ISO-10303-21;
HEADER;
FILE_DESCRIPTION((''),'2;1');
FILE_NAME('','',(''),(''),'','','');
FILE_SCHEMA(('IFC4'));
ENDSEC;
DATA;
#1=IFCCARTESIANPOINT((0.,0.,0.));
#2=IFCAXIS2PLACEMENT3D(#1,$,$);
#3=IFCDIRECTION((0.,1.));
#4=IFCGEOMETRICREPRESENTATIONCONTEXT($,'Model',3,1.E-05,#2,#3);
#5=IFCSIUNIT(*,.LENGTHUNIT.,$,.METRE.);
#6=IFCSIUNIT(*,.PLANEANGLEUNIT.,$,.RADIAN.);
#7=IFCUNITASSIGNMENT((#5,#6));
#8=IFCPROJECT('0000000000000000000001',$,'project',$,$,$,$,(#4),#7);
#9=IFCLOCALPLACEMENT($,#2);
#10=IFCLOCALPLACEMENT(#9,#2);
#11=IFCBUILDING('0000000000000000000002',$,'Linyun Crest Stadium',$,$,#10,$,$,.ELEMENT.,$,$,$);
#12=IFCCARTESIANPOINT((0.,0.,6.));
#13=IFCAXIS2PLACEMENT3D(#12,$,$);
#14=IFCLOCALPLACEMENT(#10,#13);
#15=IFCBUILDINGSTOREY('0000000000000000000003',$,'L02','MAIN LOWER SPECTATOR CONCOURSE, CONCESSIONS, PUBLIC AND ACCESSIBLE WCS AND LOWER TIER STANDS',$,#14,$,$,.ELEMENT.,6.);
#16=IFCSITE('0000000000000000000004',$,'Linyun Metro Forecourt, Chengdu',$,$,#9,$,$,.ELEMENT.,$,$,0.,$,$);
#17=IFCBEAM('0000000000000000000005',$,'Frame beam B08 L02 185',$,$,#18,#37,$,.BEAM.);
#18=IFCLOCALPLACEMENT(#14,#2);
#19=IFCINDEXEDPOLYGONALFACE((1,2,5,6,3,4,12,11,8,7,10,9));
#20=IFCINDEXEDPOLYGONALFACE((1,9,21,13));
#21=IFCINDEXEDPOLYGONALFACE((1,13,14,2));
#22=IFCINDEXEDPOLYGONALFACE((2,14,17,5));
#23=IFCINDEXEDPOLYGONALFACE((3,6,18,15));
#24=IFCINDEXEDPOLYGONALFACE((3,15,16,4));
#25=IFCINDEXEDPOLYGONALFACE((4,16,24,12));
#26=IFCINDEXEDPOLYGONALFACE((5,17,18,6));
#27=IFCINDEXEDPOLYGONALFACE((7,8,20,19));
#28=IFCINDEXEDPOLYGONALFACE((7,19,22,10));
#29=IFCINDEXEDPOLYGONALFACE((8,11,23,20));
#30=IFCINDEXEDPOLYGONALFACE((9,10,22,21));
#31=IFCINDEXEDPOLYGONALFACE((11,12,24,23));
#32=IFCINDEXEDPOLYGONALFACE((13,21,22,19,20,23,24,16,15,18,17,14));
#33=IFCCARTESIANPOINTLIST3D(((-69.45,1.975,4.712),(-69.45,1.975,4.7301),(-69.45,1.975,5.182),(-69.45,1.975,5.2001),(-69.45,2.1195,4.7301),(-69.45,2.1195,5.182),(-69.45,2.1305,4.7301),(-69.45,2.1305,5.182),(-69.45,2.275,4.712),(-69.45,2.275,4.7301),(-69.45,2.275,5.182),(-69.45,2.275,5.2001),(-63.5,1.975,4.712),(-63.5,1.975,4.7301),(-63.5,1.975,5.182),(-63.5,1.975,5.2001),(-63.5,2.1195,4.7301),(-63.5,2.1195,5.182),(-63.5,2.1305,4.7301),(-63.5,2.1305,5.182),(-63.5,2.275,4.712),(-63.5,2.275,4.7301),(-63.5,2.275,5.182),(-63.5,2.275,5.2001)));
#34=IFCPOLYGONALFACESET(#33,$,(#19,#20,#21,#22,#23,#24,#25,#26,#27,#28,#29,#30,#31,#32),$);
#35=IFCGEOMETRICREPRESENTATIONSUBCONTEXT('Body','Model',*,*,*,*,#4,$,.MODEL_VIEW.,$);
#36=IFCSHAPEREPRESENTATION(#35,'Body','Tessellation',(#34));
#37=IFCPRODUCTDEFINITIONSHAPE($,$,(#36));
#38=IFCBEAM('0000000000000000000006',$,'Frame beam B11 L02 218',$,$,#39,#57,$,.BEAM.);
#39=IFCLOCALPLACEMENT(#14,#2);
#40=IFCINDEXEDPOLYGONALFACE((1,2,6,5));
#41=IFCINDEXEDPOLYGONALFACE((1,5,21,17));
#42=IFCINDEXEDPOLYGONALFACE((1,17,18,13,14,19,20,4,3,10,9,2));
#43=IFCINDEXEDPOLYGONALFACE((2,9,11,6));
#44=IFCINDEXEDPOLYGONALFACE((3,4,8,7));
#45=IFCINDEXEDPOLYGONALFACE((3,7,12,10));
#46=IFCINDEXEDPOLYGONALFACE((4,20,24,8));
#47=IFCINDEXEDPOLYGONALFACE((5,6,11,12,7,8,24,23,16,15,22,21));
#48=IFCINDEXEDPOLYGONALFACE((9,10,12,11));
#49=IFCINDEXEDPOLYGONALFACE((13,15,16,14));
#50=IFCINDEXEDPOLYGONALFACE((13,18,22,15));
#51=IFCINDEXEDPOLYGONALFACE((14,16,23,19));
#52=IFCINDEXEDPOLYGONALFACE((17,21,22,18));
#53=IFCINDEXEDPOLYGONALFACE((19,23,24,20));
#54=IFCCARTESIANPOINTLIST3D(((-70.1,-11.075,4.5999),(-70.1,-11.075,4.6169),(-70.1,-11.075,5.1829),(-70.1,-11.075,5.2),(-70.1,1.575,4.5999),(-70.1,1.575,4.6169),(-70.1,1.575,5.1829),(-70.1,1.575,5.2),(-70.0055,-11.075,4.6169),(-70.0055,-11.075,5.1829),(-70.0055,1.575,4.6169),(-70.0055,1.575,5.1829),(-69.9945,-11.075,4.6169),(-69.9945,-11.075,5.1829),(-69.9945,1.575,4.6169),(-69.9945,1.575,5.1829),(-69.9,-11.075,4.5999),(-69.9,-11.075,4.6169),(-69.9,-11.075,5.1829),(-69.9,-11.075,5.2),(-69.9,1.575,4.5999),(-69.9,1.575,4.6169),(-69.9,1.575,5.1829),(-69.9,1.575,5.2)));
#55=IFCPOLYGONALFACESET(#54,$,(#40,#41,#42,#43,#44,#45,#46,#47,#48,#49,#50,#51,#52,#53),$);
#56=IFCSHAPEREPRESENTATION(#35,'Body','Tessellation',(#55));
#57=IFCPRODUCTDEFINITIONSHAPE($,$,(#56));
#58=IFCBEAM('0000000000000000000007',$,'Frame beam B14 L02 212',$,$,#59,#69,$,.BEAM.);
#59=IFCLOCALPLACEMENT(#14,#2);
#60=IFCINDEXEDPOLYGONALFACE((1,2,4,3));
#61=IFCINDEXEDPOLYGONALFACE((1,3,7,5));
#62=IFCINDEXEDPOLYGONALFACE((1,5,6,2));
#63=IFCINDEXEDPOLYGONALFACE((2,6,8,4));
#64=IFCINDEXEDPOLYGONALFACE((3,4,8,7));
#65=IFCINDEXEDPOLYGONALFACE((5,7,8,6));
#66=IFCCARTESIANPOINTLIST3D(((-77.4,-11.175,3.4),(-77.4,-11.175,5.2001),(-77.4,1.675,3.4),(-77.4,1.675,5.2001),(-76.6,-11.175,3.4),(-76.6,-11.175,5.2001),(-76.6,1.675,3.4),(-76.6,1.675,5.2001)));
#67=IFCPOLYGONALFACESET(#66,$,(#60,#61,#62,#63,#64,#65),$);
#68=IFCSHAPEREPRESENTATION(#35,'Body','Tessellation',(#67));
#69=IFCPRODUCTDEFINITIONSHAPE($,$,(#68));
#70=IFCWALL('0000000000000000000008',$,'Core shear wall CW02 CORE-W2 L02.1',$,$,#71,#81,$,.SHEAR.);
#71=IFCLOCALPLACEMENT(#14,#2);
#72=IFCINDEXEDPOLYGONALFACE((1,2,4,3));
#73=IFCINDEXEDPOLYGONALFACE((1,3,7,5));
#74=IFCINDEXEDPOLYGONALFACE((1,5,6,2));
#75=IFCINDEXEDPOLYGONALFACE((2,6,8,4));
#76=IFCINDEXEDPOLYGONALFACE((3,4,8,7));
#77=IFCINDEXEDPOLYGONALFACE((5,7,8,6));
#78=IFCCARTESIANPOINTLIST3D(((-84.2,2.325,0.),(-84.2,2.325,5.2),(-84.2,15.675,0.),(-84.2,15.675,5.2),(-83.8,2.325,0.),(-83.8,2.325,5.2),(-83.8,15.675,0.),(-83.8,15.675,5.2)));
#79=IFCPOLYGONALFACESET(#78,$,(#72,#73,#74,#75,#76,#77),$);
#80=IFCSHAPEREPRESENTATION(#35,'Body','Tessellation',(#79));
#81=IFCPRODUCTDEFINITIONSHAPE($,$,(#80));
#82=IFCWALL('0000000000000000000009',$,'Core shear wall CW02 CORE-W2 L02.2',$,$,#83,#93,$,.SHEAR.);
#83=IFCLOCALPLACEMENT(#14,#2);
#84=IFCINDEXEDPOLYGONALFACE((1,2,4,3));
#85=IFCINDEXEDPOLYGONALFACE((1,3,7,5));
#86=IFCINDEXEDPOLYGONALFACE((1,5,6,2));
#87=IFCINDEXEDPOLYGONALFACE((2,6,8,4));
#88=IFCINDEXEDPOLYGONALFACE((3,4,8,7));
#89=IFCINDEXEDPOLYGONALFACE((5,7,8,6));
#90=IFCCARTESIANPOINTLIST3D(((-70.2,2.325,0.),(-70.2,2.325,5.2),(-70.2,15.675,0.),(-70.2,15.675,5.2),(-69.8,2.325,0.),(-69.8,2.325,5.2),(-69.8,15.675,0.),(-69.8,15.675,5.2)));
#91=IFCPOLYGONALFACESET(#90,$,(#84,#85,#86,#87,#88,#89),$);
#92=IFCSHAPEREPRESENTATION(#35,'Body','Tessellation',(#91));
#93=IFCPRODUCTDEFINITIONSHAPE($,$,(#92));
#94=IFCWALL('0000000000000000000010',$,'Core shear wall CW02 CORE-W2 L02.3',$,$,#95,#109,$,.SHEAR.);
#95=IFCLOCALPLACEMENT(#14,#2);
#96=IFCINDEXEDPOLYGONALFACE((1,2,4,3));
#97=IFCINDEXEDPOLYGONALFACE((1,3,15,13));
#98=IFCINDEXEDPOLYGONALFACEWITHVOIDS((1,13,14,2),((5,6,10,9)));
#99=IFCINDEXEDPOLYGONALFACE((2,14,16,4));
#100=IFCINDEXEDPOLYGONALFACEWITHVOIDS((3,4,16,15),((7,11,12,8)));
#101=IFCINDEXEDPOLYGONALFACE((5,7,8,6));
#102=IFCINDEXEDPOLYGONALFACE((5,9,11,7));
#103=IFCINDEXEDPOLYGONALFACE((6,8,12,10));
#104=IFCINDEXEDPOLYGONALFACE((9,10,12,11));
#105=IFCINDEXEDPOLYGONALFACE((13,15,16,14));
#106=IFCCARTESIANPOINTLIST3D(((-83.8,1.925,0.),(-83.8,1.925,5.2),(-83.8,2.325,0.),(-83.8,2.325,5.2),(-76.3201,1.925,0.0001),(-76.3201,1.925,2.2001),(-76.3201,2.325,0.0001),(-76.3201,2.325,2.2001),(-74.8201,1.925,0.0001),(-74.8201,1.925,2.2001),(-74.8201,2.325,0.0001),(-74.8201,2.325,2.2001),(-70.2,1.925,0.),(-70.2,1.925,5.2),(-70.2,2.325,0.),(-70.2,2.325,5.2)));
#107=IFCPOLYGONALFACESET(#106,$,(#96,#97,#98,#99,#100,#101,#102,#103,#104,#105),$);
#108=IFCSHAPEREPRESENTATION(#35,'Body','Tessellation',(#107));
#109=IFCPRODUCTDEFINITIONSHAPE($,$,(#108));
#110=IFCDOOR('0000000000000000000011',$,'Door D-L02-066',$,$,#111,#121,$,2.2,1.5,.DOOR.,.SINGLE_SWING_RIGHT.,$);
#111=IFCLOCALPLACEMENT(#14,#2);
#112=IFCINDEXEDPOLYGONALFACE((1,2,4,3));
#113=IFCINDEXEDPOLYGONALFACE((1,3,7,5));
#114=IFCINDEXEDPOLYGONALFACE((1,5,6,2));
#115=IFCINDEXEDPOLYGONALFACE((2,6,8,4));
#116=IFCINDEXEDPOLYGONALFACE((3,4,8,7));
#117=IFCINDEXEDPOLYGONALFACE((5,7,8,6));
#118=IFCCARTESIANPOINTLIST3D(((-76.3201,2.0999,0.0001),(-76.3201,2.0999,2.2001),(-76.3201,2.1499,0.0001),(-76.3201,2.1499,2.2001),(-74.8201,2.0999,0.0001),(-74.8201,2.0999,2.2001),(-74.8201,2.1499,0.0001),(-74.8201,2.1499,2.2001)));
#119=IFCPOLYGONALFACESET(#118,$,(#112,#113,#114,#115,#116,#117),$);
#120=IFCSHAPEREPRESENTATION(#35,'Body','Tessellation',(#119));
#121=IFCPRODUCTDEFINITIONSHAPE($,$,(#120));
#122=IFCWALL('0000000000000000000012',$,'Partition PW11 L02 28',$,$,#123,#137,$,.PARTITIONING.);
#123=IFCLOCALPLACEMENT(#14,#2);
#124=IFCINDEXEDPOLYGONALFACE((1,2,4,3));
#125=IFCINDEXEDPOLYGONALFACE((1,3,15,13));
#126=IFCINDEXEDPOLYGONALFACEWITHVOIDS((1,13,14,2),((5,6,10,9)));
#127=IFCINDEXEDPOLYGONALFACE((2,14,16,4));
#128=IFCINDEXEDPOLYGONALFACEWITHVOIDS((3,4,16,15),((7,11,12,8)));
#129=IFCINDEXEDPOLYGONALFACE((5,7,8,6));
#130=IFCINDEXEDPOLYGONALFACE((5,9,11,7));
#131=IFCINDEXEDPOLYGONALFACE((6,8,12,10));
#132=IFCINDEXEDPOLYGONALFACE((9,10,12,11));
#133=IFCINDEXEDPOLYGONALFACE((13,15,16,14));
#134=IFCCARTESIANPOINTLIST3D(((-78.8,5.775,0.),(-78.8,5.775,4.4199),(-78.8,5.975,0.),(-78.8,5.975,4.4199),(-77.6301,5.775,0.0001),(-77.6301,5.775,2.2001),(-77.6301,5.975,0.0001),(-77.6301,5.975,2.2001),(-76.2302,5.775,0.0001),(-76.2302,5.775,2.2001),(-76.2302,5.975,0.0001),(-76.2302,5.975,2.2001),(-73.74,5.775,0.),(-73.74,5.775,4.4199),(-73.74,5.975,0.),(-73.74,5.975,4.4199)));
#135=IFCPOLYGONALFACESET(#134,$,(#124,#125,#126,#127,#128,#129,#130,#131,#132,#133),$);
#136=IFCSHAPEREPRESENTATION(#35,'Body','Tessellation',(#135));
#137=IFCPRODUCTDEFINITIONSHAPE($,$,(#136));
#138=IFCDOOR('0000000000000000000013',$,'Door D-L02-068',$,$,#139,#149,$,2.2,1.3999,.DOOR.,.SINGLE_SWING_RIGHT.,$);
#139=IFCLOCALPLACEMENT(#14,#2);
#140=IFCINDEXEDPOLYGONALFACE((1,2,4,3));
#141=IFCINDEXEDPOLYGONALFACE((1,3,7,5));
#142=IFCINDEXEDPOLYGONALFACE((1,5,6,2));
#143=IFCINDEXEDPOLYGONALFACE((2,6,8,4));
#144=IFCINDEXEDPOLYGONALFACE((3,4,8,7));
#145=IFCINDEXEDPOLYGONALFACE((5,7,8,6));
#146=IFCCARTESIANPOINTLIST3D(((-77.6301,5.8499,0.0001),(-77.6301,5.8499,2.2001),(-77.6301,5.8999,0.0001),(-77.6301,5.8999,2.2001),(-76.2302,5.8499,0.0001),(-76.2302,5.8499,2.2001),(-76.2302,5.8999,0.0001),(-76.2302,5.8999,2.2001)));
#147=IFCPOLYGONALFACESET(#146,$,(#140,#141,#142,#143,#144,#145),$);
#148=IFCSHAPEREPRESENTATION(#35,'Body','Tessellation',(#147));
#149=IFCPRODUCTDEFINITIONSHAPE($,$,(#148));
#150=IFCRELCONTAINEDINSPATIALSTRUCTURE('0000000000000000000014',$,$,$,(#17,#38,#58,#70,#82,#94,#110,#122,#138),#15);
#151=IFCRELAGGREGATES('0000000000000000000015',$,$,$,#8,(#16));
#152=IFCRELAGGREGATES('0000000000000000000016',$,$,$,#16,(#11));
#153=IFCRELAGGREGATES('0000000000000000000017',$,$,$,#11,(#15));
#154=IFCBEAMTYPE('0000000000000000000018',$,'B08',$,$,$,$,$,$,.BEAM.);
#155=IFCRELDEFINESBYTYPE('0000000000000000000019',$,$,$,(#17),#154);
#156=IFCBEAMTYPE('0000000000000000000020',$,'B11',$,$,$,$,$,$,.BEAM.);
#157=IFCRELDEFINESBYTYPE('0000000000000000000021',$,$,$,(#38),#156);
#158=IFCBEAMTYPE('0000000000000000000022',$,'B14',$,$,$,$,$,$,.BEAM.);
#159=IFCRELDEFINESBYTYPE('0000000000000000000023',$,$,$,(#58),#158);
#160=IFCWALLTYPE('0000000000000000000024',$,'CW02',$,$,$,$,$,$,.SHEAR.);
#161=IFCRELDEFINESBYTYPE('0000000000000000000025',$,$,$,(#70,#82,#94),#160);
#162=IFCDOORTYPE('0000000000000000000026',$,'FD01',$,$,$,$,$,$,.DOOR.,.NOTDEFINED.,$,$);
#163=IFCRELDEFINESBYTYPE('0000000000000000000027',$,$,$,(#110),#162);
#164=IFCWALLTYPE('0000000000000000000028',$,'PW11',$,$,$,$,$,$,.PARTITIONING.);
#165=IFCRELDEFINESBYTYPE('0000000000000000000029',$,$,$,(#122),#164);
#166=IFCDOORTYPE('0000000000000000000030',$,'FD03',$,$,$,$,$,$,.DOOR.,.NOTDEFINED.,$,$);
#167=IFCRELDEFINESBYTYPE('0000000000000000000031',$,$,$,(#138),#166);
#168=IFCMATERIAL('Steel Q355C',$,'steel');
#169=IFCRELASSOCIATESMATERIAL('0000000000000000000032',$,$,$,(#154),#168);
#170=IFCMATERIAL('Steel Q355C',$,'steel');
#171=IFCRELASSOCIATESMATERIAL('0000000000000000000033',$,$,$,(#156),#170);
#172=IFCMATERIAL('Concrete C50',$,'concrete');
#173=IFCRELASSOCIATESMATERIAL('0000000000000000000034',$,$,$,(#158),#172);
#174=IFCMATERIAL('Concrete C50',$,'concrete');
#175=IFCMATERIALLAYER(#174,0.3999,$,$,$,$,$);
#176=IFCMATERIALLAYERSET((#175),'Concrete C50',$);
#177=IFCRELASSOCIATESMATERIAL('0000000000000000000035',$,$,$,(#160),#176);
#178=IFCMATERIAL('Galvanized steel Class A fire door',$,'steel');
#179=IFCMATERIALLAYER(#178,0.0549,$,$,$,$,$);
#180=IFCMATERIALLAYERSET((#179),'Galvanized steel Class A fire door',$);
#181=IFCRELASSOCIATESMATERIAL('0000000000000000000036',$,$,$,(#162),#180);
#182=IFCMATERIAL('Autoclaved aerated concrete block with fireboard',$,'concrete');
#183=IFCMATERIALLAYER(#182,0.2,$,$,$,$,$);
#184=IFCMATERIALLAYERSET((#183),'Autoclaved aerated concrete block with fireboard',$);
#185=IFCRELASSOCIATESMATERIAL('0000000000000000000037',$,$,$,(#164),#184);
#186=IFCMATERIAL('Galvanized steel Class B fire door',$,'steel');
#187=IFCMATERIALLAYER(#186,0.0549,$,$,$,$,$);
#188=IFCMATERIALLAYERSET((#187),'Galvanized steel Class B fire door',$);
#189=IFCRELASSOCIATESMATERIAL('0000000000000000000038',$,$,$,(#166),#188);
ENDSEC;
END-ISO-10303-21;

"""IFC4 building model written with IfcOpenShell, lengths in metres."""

from ifc_helpers import new_model, si_unit, direction, frame, frame_2d, origin, origin_2d, place, context, subcontext, project, spatial, rectangle, i_section, extrude, material, layer, layer_set, material_profile, profile_set, type_object, element, fill, save


model = new_model("IFC4")

# Units and contexts
model_context = context("Model", 3, precision=1e-05, world=origin(), true_north=direction((0.0, 1.0)))
body_context = subcontext(model_context, "Body", "Model", "MODEL_VIEW")
ifc_project = project(units=[si_unit("LENGTHUNIT", "METRE"), si_unit("PLANEANGLEUNIT", "RADIAN")], contexts=[model_context])

# Site, building, storey
site_placement = place(None, origin())
site = spatial("IfcSite", under=ifc_project, at=site_placement, Name="Linyun Metro Forecourt, Chengdu", CompositionType="ELEMENT", RefElevation=0.0)
building_placement = place(site_placement, origin())
building = spatial("IfcBuilding", under=site, at=building_placement, Name="Linyun Crest Stadium", CompositionType="ELEMENT")
storey_placement = place(building_placement, frame((0.0, 0.0, 6.0)))
storey = spatial("IfcBuildingStorey", under=building, at=storey_placement, Name="L02", Description="MAIN LOWER SPECTATOR CONCOURSE, CONCESSIONS, PUBLIC AND ACCESSIBLE WCS AND LOWER TIER STANDS", CompositionType="ELEMENT", Elevation=6.0)

# Beams
ifc_material_1 = material(Name="Steel Q355C", Category="steel")
ifc_material_profile_1 = material_profile(ifc_material_1, i_section(OverallWidth=0.3, OverallDepth=0.488, WebThickness=0.011, FlangeThickness=0.0181, at=origin_2d()), Name="HM 488x300")
ifc_profile_set_1 = profile_set([ifc_material_profile_1], Name="Steel Q355C")
beam_type_1 = type_object("IfcBeamType", Name="B08", PredefinedType="BEAM", material=ifc_profile_set_1)
beam_1_placement = place(storey_placement, frame((-69.45, 2.125, 4.9561), z_axis=(1.0, 0.0, 0.0), x_axis=(0.0, 1.0, 0.0)))
element("IfcBeam", 1, at=beam_1_placement, inside=storey, type_object=beam_type_1, Name="Frame beam B08 L02 185", PredefinedType="BEAM", context=body_context, shape_type="SweptSolid", body=[
    extrude(i_section(OverallWidth=0.3, OverallDepth=0.488, WebThickness=0.011, FlangeThickness=0.0181, at=origin_2d()), origin(), (0.0, 0.0, 1.0), 5.95),
])
ifc_material_2 = material(Name="Steel Q355C", Category="steel")
ifc_material_profile_2 = material_profile(ifc_material_2, i_section(OverallWidth=0.2, OverallDepth=0.6001, WebThickness=0.011, FlangeThickness=0.0171, at=origin_2d()), Name="HN 600x200")
ifc_profile_set_2 = profile_set([ifc_material_profile_2], Name="Steel Q355C")
beam_type_2 = type_object("IfcBeamType", Name="B11", PredefinedType="BEAM", material=ifc_profile_set_2)
beam_2_placement = place(storey_placement, frame((-70.0, -11.075, 4.8999), z_axis=(0.0, 1.0, 0.0), x_axis=(-1.0, 0.0, 0.0)))
element("IfcBeam", 2, at=beam_2_placement, inside=storey, type_object=beam_type_2, Name="Frame beam B11 L02 218", PredefinedType="BEAM", context=body_context, shape_type="SweptSolid", body=[
    extrude(i_section(OverallWidth=0.2, OverallDepth=0.6001, WebThickness=0.011, FlangeThickness=0.0171, at=origin_2d()), origin(), (0.0, 0.0, 1.0), 12.6499),
])
ifc_material_3 = material(Name="Concrete C50", Category="concrete")
ifc_material_profile_3 = material_profile(ifc_material_3, rectangle(XDim=0.8, YDim=1.8, at=origin_2d()), Name="RCB 1800x800")
ifc_profile_set_3 = profile_set([ifc_material_profile_3], Name="Concrete C50")
beam_type_3 = type_object("IfcBeamType", Name="B14", PredefinedType="BEAM", material=ifc_profile_set_3)
beam_3_placement = place(storey_placement, frame((-77.0, -11.175, 4.3), z_axis=(0.0, 1.0, 0.0), x_axis=(-1.0, 0.0, 0.0)))
element("IfcBeam", 3, at=beam_3_placement, inside=storey, type_object=beam_type_3, Name="Frame beam B14 L02 212", PredefinedType="BEAM", context=body_context, shape_type="SweptSolid", body=[
    extrude(rectangle(XDim=0.8, YDim=1.8, at=origin_2d()), origin(), (0.0, 0.0, 1.0), 12.8501),
])

# Walls
ifc_material_4 = material(Name="Concrete C50", Category="concrete")
ifc_layer_1 = layer(ifc_material_4, 0.3999)
ifc_layer_set_1 = layer_set([ifc_layer_1], Name="Concrete C50")
wall_type_1 = type_object("IfcWallType", Name="CW02", PredefinedType="SHEAR", material=ifc_layer_set_1)
for number, where, z_axis, x_axis, name in (
    (4, (-84.0, 2.325, 0.0), (0.0, 0.0, 1.0), (0.0, 1.0, 0.0), "Core shear wall CW02 CORE-W2 L02.1"),
    (5, (-70.0, 2.325, 0.0), (0.0, 0.0, 1.0), (0.0, 1.0, 0.0), "Core shear wall CW02 CORE-W2 L02.2"),
):
    element("IfcWall", number, at=place(storey_placement, frame(where, z_axis=z_axis, x_axis=x_axis)), inside=storey, type_object=wall_type_1, Name=name, PredefinedType="SHEAR", context=body_context, shape_type="SweptSolid", body=[
        extrude(rectangle(XDim=13.3501, YDim=0.3999, at=frame_2d((6.675, 0.0))), origin(), (0.0, 0.0, 1.0), 5.2),
    ])

# Walls, openings, doors
wall_1_placement = place(storey_placement, frame((-83.8, 2.125, 0.0), z_axis=(0.0, 0.0, 1.0), x_axis=(1.0, 0.0, 0.0)))
wall_1 = element("IfcWall", 6, at=wall_1_placement, inside=storey, type_object=wall_type_1, Name="Core shear wall CW02 CORE-W2 L02.3", PredefinedType="SHEAR", context=body_context, shape_type="SweptSolid", body=[
    extrude(rectangle(XDim=13.6001, YDim=0.3999, at=frame_2d((6.8, 0.0))), origin(), (0.0, 0.0, 1.0), 5.2),
])
opening_1_placement = place(wall_1_placement, frame((7.48, 0.0, 0.0)))
opening_1 = element("IfcOpeningElement", 7, at=opening_1_placement, cuts=wall_1, PredefinedType="OPENING", context=body_context, shape_type="SweptSolid", body=[
    extrude(rectangle(XDim=1.5, YDim=2.2, at=frame_2d((0.75, 1.1001))), frame((0.0, 0.21, 0.0), z_axis=(0.0, -1.0, 0.0), x_axis=(1.0, 0.0, 0.0)), (0.0, 0.0, 1.0), 0.4199),
])
ifc_material_5 = material(Name="Galvanized steel Class A fire door", Category="steel")
ifc_layer_2 = layer(ifc_material_5, 0.0549)
ifc_layer_set_2 = layer_set([ifc_layer_2], Name="Galvanized steel Class A fire door")
door_type_1 = type_object("IfcDoorType", Name="FD01", OperationType="NOTDEFINED", PredefinedType="DOOR", material=ifc_layer_set_2)
door_1_placement = place(opening_1_placement, origin())
door_1 = element("IfcDoor", 8, at=door_1_placement, inside=storey, type_object=door_type_1, Name="Door D-L02-066", OperationType="SINGLE_SWING_RIGHT", OverallHeight=2.2, OverallWidth=1.5, PredefinedType="DOOR", context=body_context, shape_type="SweptSolid", body=[
    extrude(rectangle(XDim=1.5, YDim=2.2, at=frame_2d((0.75, 1.1001))), frame((0.0, 0.0249, 0.0), z_axis=(0.0, -1.0, 0.0), x_axis=(1.0, 0.0, 0.0)), (0.0, 0.0, 1.0), 0.05),
])
fill(opening_1, door_1)
ifc_material_6 = material(Name="Autoclaved aerated concrete block with fireboard", Category="concrete")
ifc_layer_3 = layer(ifc_material_6, 0.2)
ifc_layer_set_3 = layer_set([ifc_layer_3], Name="Autoclaved aerated concrete block with fireboard")
wall_type_2 = type_object("IfcWallType", Name="PW11", PredefinedType="PARTITIONING", material=ifc_layer_set_3)
wall_2_placement = place(storey_placement, frame((-78.8, 5.875, 0.0), z_axis=(0.0, 0.0, 1.0), x_axis=(1.0, 0.0, 0.0)))
wall_2 = element("IfcWall", 9, at=wall_2_placement, inside=storey, type_object=wall_type_2, Name="Partition PW11 L02 28", PredefinedType="PARTITIONING", context=body_context, shape_type="SweptSolid", body=[
    extrude(rectangle(XDim=5.0601, YDim=0.2, at=frame_2d((2.53, 0.0))), origin(), (0.0, 0.0, 1.0), 4.4199),
])
opening_2_placement = place(wall_2_placement, frame((1.1699, 0.0, 0.0)))
opening_2 = element("IfcOpeningElement", 10, at=opening_2_placement, cuts=wall_2, PredefinedType="OPENING", context=body_context, shape_type="SweptSolid", body=[
    extrude(rectangle(XDim=1.3999, YDim=2.2, at=frame_2d((0.7, 1.1001))), frame((0.0, 0.1099, 0.0), z_axis=(0.0, -1.0, 0.0), x_axis=(1.0, 0.0, 0.0)), (0.0, 0.0, 1.0), 0.22),
])
ifc_material_7 = material(Name="Galvanized steel Class B fire door", Category="steel")
ifc_layer_4 = layer(ifc_material_7, 0.0549)
ifc_layer_set_4 = layer_set([ifc_layer_4], Name="Galvanized steel Class B fire door")
door_type_2 = type_object("IfcDoorType", Name="FD03", OperationType="NOTDEFINED", PredefinedType="DOOR", material=ifc_layer_set_4)
door_2_placement = place(opening_2_placement, origin())
door_2 = element("IfcDoor", 11, at=door_2_placement, inside=storey, type_object=door_type_2, Name="Door D-L02-068", OperationType="SINGLE_SWING_RIGHT", OverallHeight=2.2, OverallWidth=1.3999, PredefinedType="DOOR", context=body_context, shape_type="SweptSolid", body=[
    extrude(rectangle(XDim=1.3999, YDim=2.2, at=frame_2d((0.7, 1.1001))), frame((0.0, 0.0249, 0.0), z_axis=(0.0, -1.0, 0.0), x_axis=(1.0, 0.0, 0.0)), (0.0, 0.0, 1.0), 0.05),
])
fill(opening_2, door_2)

save(model, "model.ifc")
